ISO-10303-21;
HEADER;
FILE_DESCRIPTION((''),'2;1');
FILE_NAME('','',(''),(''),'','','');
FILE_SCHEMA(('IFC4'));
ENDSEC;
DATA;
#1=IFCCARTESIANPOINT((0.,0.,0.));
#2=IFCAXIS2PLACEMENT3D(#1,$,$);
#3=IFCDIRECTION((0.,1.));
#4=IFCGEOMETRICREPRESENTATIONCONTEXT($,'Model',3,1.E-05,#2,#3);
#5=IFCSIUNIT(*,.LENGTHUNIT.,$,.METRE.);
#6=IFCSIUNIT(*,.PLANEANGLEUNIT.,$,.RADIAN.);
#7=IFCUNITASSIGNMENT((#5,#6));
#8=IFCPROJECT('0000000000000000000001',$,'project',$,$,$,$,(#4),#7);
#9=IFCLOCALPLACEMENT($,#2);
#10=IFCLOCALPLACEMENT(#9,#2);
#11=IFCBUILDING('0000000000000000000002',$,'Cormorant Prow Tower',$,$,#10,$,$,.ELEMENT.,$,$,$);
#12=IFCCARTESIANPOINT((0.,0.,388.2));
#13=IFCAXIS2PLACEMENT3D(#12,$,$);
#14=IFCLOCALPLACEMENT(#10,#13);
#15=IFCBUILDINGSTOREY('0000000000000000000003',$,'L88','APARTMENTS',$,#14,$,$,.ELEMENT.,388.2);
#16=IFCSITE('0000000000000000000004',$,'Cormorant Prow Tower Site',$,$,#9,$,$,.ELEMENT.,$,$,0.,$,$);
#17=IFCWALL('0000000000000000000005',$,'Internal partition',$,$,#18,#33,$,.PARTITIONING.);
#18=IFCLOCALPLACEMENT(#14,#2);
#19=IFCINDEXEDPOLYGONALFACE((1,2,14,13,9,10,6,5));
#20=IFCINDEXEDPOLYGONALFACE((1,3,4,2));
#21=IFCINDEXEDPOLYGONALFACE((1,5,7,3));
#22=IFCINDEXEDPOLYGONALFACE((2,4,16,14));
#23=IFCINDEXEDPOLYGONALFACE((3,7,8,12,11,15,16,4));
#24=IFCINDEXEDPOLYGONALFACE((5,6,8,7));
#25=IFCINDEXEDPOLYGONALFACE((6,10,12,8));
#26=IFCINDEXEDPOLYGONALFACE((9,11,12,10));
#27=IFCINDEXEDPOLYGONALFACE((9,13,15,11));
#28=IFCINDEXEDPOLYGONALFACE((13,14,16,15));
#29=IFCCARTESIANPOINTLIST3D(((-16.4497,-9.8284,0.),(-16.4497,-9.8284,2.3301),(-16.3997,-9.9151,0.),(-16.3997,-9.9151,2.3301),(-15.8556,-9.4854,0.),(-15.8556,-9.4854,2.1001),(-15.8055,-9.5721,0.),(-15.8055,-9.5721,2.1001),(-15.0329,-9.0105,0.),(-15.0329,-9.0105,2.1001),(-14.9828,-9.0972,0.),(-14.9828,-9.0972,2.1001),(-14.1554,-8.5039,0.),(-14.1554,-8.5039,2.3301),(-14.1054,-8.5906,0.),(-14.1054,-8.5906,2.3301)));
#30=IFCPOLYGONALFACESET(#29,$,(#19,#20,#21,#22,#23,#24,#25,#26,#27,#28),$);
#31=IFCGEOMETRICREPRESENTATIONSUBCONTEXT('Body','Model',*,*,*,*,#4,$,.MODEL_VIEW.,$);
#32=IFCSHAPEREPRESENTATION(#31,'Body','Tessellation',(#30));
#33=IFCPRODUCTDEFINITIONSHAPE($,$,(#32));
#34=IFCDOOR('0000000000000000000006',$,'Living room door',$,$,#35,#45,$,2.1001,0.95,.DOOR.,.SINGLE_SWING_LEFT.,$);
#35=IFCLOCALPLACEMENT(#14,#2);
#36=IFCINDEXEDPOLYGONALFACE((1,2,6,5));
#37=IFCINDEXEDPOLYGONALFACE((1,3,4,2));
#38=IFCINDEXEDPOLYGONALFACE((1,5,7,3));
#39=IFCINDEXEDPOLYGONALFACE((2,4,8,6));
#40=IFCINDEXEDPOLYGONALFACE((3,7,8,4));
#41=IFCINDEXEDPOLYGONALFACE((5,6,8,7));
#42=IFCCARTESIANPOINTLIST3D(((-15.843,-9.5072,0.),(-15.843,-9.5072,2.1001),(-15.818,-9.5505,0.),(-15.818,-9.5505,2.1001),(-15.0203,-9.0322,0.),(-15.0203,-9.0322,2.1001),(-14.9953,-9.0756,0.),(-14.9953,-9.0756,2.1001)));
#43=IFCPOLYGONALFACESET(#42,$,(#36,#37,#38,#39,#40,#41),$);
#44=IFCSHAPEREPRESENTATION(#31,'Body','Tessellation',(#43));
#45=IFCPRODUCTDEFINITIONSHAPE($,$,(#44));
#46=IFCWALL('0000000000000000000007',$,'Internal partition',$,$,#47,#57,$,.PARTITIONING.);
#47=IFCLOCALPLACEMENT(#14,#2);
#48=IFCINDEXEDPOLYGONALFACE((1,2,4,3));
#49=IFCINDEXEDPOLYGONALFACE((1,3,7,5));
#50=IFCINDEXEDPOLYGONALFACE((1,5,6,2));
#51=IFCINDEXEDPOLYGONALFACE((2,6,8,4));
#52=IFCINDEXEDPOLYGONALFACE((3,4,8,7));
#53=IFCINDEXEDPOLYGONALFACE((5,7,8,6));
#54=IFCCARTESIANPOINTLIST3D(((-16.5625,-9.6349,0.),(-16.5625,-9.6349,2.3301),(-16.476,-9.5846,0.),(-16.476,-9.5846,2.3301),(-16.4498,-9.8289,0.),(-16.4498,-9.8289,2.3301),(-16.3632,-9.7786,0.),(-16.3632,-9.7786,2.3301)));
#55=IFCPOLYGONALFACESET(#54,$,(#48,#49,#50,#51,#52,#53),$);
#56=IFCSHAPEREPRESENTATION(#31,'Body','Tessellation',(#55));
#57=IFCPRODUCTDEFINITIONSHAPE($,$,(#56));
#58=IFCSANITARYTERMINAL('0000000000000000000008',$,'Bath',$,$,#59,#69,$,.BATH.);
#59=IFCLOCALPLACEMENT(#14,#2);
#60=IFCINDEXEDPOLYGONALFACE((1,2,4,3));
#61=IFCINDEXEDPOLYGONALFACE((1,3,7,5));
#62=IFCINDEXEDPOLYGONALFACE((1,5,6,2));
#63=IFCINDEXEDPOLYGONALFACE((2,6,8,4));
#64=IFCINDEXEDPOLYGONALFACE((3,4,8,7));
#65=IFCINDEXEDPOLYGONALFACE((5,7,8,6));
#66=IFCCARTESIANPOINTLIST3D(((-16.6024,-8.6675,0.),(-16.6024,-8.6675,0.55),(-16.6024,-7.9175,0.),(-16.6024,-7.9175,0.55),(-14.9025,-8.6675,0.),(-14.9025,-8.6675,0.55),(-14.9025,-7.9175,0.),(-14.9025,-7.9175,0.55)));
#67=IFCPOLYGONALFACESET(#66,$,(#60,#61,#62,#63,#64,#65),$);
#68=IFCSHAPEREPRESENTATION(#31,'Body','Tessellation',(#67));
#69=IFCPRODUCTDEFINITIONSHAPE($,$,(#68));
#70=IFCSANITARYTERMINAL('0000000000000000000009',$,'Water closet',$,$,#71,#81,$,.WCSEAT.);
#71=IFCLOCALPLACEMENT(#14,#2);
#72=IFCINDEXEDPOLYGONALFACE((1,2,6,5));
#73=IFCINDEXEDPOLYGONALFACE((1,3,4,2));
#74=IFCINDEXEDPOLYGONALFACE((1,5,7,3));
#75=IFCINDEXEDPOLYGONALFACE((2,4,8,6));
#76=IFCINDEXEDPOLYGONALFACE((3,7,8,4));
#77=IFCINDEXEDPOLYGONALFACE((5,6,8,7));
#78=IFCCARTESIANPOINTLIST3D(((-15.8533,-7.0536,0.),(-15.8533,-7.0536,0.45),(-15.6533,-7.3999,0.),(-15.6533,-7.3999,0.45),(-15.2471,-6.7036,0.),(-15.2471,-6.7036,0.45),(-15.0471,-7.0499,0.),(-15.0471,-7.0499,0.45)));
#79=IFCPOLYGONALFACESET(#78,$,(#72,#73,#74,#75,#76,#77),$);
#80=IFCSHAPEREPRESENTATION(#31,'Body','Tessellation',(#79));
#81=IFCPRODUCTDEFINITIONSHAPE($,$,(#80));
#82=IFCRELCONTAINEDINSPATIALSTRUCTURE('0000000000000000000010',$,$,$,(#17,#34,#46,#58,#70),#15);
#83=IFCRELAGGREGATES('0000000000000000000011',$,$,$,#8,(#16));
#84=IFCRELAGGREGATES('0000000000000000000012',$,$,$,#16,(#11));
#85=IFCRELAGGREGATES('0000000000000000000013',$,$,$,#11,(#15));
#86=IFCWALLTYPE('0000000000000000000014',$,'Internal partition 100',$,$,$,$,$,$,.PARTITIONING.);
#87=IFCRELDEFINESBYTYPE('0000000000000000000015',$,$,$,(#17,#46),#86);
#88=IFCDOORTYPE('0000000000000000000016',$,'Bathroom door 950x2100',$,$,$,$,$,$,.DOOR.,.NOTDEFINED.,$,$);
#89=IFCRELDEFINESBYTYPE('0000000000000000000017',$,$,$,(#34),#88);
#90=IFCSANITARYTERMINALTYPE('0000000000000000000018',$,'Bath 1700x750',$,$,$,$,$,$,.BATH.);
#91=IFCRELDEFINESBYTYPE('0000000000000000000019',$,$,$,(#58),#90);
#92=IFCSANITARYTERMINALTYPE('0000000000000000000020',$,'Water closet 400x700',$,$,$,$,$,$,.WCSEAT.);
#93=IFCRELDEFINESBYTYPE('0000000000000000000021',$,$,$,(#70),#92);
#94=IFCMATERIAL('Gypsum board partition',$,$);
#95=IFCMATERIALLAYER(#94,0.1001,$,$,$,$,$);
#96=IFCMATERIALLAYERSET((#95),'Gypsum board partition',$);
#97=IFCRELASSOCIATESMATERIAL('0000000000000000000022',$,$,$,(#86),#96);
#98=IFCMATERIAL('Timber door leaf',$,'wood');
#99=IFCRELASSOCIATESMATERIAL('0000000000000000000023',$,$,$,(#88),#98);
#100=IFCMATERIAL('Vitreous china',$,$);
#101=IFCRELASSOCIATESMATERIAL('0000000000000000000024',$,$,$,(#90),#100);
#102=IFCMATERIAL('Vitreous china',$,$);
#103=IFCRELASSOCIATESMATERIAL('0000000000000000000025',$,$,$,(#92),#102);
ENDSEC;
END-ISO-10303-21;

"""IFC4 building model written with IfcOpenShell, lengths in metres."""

from ifc_helpers import new_model, si_unit, direction, frame, frame_2d, origin, origin_2d, place, context, subcontext, project, spatial, rectangle, extrude, material, layer, layer_set, type_object, element, fill, save


model = new_model("IFC4")

# Units and contexts
model_context = context("Model", 3, precision=1e-05, world=origin(), true_north=direction((0.0, 1.0)))
body_context = subcontext(model_context, "Body", "Model", "MODEL_VIEW")
ifc_project = project(units=[si_unit("LENGTHUNIT", "METRE"), si_unit("PLANEANGLEUNIT", "RADIAN")], contexts=[model_context])

# Site, building, storey
site_placement = place(None, origin())
site = spatial("IfcSite", under=ifc_project, at=site_placement, Name="Cormorant Prow Tower Site", CompositionType="ELEMENT", RefElevation=0.0)
building_placement = place(site_placement, origin())
building = spatial("IfcBuilding", under=site, at=building_placement, Name="Cormorant Prow Tower", CompositionType="ELEMENT")
storey_placement = place(building_placement, frame((0.0, 0.0, 388.2)))
storey = spatial("IfcBuildingStorey", under=building, at=storey_placement, Name="L88", Description="APARTMENTS", CompositionType="ELEMENT", Elevation=388.2)

# Wall, opening, door
ifc_material_1 = material(Name="Gypsum board partition")
ifc_layer_1 = layer(ifc_material_1, 0.1001)
ifc_layer_set_1 = layer_set([ifc_layer_1], Name="Gypsum board partition")
wall_type_1 = type_object("IfcWallType", Name="Internal partition 100", PredefinedType="PARTITIONING", material=ifc_layer_set_1)
wall_1_placement = place(storey_placement, frame((-16.4248, -9.8718, 0.0), z_axis=(0.0, 0.0, 1.0), x_axis=(0.86604, 0.499975, 0.0)))
wall_1 = element("IfcWall", 1, at=wall_1_placement, inside=storey, type_object=wall_type_1, Name="Internal partition", PredefinedType="PARTITIONING", context=body_context, shape_type="SweptSolid", body=[
    extrude(rectangle(XDim=2.6492, YDim=0.1001, at=frame_2d((1.3247, 0.0))), origin(), (0.0, 0.0, 1.0), 2.3301),
])
opening_1_placement = place(wall_1_placement, frame((0.686, 0.0, 0.0)))
opening_1 = element("IfcOpeningElement", 2, at=opening_1_placement, cuts=wall_1, PredefinedType="OPENING", context=body_context, shape_type="SweptSolid", body=[
    extrude(rectangle(XDim=0.95, YDim=2.1001, at=frame_2d((0.4751, 1.05))), frame((0.0, 0.0601, 0.0), z_axis=(0.0, -1.0, 0.0), x_axis=(1.0, 0.0, 0.0)), (0.0, 0.0, 1.0), 0.1201),
])
ifc_material_2 = material(Name="Timber door leaf", Category="wood")
door_type_1 = type_object("IfcDoorType", Name="Bathroom door 950x2100", OperationType="NOTDEFINED", PredefinedType="DOOR", material=ifc_material_2)
door_1_placement = place(opening_1_placement, origin())
door_1 = element("IfcDoor", 3, at=door_1_placement, inside=storey, type_object=door_type_1, Name="Living room door", OperationType="SINGLE_SWING_LEFT", OverallHeight=2.1001, OverallWidth=0.95, PredefinedType="DOOR", context=body_context, shape_type="SweptSolid", body=[
    extrude(rectangle(XDim=0.95, YDim=2.1001, at=frame_2d((0.4751, 1.05))), frame((0.0, 0.0249, 0.0), z_axis=(0.0, -1.0, 0.0), x_axis=(1.0, 0.0, 0.0)), (0.0, 0.0, 1.0), 0.05),
])
fill(opening_1, door_1)

# Wall
wall_2_placement = place(storey_placement, frame((-16.5193, -9.6096, 0.0), z_axis=(0.0, 0.0, 1.0), x_axis=(0.50245, -0.864606, 0.0)))
element("IfcWall", 4, at=wall_2_placement, inside=storey, type_object=wall_type_1, Name="Internal partition", PredefinedType="PARTITIONING", context=body_context, shape_type="SweptSolid", body=[
    extrude(rectangle(XDim=0.2244, YDim=0.1001, at=frame_2d((0.1123, 0.0))), origin(), (0.0, 0.0, 1.0), 2.3301),
])

# Sanitary terminals
ifc_material_3 = material(Name="Vitreous china")
sanitary_terminal_type_1 = type_object("IfcSanitaryTerminalType", Name="Bath 1700x750", PredefinedType="BATH", material=ifc_material_3)
sanitary_terminal_1_placement = place(storey_placement, frame((-15.7524, -8.2925, 0.0), z_axis=(0.0, 0.0, 1.0), x_axis=(1.0, 0.0, 0.0)))
element("IfcSanitaryTerminal", 5, at=sanitary_terminal_1_placement, inside=storey, type_object=sanitary_terminal_type_1, Name="Bath", PredefinedType="BATH", context=body_context, shape_type="SweptSolid", body=[
    extrude(rectangle(XDim=1.7, YDim=0.75, at=origin_2d()), origin(), (0.0, 0.0, 1.0), 0.55),
])
ifc_material_4 = material(Name="Vitreous china")
sanitary_terminal_type_2 = type_object("IfcSanitaryTerminalType", Name="Water closet 400x700", PredefinedType="WCSEAT", material=ifc_material_4)
sanitary_terminal_2_placement = place(storey_placement, frame((-15.4502, -7.0518, 0.0), z_axis=(0.0, 0.0, 1.0), x_axis=(0.5, -0.866025, 0.0)))
element("IfcSanitaryTerminal", 6, at=sanitary_terminal_2_placement, inside=storey, type_object=sanitary_terminal_type_2, Name="Water closet", PredefinedType="WCSEAT", context=body_context, shape_type="SweptSolid", body=[
    extrude(rectangle(XDim=0.3999, YDim=0.7, at=origin_2d()), origin(), (0.0, 0.0, 1.0), 0.45),
])

save(model, "model.ifc")
